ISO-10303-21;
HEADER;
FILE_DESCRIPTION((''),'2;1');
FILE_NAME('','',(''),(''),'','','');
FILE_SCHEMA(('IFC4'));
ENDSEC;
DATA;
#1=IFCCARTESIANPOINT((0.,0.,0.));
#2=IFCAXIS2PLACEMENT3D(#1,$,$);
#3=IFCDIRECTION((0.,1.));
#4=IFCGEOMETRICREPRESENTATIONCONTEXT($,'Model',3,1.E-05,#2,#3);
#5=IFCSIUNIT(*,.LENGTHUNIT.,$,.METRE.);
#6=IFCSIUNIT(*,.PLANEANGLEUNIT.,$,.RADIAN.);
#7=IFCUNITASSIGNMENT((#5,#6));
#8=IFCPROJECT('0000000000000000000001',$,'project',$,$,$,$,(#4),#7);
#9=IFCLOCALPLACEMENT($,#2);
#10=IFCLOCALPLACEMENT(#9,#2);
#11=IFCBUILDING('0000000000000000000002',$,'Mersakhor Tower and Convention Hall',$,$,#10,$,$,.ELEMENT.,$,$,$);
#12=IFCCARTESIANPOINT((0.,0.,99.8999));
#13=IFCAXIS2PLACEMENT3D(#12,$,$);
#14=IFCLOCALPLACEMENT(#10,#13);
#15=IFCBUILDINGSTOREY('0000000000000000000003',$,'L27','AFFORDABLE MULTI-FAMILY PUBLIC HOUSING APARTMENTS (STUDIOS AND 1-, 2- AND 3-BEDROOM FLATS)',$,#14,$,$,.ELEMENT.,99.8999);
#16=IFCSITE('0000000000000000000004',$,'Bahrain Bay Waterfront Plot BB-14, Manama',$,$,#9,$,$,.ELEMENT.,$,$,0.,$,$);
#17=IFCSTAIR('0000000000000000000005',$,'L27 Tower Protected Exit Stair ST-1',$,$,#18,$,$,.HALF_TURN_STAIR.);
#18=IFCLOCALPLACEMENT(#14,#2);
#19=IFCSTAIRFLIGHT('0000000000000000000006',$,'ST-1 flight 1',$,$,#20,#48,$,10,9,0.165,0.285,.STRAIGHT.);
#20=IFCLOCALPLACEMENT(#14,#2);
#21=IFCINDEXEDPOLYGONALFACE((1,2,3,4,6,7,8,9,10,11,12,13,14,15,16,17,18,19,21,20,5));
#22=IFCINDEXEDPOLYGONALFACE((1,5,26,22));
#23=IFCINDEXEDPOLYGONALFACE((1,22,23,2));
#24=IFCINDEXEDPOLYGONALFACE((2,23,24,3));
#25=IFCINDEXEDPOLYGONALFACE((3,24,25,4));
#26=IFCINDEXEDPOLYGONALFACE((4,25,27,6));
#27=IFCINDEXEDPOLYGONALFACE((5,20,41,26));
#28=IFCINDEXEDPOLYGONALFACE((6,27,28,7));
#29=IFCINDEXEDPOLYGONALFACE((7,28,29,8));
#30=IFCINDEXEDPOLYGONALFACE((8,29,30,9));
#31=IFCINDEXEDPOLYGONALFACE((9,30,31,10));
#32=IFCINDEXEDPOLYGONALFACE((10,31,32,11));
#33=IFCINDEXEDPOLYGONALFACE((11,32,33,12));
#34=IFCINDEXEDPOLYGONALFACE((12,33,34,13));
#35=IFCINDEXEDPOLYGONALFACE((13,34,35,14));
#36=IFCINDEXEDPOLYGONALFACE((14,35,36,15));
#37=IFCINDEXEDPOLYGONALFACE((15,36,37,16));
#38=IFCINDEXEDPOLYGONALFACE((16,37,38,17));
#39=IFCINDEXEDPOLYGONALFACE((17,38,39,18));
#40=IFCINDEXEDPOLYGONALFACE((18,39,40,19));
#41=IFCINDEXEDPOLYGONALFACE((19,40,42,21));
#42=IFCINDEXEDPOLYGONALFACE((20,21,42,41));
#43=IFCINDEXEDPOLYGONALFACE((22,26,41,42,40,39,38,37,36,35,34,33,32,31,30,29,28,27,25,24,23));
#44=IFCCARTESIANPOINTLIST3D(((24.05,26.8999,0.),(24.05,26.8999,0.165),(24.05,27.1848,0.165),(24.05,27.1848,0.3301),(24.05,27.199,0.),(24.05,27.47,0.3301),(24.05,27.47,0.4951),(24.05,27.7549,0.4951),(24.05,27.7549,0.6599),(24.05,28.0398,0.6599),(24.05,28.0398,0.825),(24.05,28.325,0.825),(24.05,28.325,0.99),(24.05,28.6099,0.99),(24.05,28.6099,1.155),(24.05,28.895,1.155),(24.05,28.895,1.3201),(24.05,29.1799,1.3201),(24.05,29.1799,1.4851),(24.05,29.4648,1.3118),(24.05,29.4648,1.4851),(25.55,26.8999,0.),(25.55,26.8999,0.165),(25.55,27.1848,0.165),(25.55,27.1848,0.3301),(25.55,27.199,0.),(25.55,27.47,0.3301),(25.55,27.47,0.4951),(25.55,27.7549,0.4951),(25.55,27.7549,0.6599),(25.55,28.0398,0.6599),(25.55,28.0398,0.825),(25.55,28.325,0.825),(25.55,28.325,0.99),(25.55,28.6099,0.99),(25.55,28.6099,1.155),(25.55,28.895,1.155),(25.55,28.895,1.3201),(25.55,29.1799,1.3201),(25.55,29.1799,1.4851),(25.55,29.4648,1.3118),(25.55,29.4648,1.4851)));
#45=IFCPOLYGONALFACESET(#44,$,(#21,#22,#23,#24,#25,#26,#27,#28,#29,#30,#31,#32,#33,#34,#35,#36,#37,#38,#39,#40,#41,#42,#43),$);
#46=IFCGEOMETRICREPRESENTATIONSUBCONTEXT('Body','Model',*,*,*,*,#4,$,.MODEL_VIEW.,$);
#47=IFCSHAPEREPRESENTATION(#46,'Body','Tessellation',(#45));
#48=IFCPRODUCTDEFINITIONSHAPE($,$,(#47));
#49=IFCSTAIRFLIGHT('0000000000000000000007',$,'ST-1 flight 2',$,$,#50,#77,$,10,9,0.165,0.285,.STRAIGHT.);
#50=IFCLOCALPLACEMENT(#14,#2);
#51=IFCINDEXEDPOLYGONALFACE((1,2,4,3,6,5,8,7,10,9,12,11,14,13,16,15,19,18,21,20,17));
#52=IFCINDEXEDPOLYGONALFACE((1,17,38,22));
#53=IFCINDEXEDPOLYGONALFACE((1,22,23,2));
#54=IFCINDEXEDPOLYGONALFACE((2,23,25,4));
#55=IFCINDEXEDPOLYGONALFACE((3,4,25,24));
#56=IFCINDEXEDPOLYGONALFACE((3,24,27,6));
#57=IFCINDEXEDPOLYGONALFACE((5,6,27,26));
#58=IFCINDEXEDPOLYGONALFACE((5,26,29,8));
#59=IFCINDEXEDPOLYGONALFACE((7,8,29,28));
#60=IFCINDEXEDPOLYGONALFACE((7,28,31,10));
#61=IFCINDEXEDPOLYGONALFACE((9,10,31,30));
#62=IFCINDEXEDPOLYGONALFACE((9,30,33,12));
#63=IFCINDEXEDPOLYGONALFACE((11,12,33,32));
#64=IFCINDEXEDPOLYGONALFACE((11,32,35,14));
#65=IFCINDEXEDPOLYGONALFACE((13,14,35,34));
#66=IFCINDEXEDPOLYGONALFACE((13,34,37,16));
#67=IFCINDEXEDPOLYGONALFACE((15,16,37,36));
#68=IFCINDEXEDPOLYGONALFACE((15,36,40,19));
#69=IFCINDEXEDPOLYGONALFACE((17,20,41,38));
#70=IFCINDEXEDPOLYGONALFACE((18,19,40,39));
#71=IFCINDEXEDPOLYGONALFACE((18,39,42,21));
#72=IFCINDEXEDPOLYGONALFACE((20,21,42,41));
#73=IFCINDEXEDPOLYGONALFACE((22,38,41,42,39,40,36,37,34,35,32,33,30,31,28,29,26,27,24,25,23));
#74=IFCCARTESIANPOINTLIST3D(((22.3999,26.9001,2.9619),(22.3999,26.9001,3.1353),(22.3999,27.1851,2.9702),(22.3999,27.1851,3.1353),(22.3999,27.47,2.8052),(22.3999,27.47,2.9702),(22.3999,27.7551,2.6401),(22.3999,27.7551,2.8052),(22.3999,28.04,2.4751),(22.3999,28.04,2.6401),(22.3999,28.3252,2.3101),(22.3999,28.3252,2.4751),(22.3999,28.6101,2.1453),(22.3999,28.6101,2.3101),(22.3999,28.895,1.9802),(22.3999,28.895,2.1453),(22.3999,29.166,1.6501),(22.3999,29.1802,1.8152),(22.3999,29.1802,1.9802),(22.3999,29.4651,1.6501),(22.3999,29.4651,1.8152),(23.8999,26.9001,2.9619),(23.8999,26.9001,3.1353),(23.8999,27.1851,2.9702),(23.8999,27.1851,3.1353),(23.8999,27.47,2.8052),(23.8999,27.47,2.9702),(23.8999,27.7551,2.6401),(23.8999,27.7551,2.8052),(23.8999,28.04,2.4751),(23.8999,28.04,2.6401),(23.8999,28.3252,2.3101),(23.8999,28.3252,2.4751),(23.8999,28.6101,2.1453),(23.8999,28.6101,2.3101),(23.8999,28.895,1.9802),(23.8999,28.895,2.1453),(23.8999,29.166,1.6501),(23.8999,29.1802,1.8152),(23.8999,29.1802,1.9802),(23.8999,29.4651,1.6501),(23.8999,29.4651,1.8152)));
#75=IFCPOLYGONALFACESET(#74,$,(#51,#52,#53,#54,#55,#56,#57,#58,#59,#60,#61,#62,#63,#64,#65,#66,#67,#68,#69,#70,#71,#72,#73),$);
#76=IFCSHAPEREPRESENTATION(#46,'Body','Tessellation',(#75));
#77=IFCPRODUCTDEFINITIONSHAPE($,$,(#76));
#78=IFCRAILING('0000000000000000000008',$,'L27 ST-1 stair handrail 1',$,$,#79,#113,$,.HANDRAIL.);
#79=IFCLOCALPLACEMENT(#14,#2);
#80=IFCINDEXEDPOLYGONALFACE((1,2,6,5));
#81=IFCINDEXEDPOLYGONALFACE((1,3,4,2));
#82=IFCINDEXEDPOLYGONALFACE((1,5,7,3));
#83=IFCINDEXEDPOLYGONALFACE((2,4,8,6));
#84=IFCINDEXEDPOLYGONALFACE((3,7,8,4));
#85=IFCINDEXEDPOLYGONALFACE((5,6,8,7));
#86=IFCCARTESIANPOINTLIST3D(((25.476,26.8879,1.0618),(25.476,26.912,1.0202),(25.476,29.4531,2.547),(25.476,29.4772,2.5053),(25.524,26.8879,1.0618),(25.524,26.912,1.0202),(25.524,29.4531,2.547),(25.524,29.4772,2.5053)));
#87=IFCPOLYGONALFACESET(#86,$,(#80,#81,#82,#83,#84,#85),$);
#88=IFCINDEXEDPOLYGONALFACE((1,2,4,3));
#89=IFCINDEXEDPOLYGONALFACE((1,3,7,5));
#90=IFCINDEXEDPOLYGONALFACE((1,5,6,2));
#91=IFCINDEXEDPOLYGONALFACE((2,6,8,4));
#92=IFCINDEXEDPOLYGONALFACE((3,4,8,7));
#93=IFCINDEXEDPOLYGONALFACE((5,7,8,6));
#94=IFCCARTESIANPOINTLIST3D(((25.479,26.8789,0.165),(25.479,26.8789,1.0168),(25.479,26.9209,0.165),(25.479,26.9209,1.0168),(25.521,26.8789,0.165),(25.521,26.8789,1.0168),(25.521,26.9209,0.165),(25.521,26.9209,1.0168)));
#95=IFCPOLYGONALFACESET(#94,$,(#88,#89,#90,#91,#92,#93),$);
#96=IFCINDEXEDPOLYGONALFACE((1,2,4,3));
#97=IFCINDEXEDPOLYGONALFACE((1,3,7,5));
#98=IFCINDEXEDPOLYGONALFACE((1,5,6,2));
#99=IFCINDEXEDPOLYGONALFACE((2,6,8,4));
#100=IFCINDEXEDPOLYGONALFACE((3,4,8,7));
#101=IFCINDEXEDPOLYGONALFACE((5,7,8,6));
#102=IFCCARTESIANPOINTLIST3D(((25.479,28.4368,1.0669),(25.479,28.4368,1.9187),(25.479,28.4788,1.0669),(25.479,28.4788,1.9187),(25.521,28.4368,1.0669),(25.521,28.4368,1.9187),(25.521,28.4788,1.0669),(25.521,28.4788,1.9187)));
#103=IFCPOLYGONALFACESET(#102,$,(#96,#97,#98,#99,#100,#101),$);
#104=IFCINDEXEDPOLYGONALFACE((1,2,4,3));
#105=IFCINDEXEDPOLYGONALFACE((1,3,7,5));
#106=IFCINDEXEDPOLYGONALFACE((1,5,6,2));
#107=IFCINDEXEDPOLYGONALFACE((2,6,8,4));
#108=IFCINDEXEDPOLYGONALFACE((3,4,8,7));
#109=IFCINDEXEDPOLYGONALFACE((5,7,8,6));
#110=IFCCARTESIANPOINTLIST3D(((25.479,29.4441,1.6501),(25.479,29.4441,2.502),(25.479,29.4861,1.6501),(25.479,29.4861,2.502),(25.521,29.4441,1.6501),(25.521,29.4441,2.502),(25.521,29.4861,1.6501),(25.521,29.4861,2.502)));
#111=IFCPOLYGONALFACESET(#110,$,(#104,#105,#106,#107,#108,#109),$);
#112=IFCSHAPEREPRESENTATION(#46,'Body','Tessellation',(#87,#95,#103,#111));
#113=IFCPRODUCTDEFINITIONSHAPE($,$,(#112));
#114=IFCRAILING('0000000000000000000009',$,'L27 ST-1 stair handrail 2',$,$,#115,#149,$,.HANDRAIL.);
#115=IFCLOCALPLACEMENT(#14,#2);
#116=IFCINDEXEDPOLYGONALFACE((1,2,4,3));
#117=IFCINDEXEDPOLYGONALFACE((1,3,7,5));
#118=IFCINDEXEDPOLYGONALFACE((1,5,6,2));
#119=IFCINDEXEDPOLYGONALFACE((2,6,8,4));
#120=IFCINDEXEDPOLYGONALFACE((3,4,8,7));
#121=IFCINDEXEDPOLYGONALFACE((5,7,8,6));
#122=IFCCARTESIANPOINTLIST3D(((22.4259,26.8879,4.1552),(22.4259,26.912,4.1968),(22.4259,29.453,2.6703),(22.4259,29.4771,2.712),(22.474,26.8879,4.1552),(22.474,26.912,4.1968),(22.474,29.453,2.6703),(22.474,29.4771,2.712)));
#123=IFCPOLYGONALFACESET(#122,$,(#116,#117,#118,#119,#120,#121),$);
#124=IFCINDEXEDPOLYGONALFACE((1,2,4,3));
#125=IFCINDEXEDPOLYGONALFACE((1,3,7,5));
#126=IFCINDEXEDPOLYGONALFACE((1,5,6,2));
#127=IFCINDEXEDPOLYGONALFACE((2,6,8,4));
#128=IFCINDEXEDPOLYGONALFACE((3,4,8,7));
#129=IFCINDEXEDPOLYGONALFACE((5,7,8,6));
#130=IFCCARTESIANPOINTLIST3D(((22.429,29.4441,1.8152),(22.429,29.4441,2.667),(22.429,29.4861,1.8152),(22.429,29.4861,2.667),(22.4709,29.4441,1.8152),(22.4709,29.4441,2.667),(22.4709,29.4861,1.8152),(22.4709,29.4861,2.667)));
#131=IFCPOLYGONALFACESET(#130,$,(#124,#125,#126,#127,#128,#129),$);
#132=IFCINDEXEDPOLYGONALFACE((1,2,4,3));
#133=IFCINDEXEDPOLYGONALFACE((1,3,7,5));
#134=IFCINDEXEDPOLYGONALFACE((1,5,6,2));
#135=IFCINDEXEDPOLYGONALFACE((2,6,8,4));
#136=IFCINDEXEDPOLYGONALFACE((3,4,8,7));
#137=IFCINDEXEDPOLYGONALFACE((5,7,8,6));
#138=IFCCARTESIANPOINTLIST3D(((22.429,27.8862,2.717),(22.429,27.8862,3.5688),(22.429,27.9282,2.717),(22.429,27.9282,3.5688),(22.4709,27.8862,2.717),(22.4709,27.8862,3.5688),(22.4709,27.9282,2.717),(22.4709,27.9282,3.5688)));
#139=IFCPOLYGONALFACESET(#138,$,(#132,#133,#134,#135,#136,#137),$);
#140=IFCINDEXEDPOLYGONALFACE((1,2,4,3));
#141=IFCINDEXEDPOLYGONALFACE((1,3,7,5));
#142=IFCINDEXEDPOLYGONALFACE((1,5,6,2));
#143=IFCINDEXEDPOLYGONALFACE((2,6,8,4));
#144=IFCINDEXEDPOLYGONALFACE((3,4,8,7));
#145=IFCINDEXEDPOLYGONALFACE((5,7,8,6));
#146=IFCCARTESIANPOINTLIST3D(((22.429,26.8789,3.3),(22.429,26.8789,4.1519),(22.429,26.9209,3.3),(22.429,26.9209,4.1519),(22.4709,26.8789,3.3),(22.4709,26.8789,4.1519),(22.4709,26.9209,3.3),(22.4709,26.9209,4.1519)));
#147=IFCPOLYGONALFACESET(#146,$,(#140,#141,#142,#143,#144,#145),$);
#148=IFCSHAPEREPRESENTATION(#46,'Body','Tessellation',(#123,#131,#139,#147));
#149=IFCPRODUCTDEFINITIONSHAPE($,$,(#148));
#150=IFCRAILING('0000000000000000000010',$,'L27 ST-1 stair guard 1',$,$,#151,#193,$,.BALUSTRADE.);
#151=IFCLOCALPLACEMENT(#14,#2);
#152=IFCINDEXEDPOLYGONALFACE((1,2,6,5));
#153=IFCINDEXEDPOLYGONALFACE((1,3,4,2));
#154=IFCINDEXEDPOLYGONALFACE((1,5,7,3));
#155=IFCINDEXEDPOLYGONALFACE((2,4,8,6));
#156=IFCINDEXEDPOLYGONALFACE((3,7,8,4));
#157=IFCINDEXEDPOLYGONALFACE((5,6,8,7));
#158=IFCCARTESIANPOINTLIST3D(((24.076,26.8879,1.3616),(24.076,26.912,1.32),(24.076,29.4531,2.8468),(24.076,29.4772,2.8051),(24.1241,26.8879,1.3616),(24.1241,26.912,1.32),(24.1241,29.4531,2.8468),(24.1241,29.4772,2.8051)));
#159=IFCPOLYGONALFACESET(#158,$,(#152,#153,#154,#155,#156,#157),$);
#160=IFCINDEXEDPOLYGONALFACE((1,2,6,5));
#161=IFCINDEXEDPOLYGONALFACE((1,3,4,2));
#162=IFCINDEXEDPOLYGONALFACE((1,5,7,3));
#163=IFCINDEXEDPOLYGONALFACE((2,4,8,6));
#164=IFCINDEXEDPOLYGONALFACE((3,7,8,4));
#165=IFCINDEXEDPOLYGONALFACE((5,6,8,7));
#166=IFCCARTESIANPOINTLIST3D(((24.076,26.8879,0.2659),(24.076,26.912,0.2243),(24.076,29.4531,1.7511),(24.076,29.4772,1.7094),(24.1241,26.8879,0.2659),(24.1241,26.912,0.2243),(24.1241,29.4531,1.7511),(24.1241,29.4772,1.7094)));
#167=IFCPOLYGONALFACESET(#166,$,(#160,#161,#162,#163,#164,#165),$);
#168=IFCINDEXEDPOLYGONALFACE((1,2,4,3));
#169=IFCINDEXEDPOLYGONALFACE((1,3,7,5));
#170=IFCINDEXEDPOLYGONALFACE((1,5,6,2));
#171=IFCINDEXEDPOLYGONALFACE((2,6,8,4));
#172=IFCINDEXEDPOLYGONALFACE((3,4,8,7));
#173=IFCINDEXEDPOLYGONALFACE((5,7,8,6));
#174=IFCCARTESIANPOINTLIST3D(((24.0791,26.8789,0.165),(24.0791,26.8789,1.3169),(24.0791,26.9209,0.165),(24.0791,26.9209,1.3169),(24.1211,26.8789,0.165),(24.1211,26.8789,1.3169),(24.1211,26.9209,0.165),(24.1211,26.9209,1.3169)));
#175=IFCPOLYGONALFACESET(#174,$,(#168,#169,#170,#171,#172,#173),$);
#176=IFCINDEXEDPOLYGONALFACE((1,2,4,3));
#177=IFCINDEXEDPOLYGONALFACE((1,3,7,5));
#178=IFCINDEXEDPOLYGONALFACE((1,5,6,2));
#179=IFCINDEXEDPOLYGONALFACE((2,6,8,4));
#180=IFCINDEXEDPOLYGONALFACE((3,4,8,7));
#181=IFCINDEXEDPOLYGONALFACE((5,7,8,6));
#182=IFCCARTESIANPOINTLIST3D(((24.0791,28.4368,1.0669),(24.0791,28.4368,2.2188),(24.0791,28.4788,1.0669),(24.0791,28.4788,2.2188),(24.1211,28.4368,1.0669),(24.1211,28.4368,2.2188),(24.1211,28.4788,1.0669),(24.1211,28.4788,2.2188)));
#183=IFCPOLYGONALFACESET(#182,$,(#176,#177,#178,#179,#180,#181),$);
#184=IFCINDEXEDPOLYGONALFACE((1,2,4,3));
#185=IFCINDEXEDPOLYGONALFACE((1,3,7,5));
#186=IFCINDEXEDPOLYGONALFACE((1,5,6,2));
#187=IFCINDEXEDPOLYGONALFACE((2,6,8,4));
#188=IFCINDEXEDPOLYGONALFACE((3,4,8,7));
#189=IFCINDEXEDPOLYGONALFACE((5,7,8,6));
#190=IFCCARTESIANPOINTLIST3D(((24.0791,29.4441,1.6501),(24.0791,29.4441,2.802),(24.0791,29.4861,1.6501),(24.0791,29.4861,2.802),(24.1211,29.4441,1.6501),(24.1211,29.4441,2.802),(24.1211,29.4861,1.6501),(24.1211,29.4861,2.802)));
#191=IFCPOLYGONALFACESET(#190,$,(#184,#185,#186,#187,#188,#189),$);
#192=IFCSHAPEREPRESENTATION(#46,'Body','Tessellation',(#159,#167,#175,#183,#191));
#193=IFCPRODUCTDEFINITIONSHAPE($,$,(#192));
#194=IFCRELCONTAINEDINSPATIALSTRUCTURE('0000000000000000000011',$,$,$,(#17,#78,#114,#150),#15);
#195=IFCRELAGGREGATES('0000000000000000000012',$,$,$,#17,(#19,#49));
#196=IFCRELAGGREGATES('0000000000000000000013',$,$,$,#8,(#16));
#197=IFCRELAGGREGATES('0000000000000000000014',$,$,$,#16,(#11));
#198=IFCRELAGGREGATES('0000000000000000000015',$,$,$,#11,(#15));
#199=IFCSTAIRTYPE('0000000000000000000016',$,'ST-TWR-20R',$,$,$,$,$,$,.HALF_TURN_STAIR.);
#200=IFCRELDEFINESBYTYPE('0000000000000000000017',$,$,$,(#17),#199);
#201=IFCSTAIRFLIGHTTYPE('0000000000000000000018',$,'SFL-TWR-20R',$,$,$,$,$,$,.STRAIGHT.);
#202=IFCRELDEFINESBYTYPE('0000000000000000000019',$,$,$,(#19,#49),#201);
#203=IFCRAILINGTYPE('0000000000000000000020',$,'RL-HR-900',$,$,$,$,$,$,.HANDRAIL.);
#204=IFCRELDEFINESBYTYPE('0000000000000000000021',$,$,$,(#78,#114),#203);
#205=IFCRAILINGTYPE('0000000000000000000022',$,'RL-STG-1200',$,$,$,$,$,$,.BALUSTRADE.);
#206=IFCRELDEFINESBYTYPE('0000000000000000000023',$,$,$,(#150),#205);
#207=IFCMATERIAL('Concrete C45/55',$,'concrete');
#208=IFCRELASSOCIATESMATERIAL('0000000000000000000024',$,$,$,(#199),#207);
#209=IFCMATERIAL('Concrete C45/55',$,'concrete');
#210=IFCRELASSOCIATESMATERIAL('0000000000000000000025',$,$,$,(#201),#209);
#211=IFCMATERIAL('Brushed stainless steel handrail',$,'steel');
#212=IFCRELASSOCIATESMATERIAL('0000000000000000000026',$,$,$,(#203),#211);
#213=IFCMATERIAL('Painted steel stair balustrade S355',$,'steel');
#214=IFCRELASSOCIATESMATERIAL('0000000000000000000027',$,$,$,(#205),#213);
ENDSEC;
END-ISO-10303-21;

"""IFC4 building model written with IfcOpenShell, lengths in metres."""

from ifc_helpers import new_model, si_unit, direction, frame, origin, origin_2d, place, context, subcontext, project, spatial, polyline, rectangle, outline, extrude, material, type_object, element, aggregate, save


model = new_model("IFC4")

# Units and contexts
model_context = context("Model", 3, precision=1e-05, world=origin(), true_north=direction((0.0, 1.0)))
body_context = subcontext(model_context, "Body", "Model", "MODEL_VIEW")
ifc_project = project(units=[si_unit("LENGTHUNIT", "METRE"), si_unit("PLANEANGLEUNIT", "RADIAN")], contexts=[model_context])

# Site, building, storey
site_placement = place(None, origin())
site = spatial("IfcSite", under=ifc_project, at=site_placement, Name="Bahrain Bay Waterfront Plot BB-14, Manama", CompositionType="ELEMENT", RefElevation=0.0)
building_placement = place(site_placement, origin())
building = spatial("IfcBuilding", under=site, at=building_placement, Name="Mersakhor Tower and Convention Hall", CompositionType="ELEMENT")
storey_placement = place(building_placement, frame((0.0, 0.0, 99.8999)))
storey = spatial("IfcBuildingStorey", under=building, at=storey_placement, Name="L27", Description="AFFORDABLE MULTI-FAMILY PUBLIC HOUSING APARTMENTS (STUDIOS AND 1-, 2- AND 3-BEDROOM FLATS)", CompositionType="ELEMENT", Elevation=99.8999)

# Stair, stair flights
ifc_material_1 = material(Name="Concrete C45/55", Category="concrete")
stair_type = type_object("IfcStairType", Name="ST-TWR-20R", PredefinedType="HALF_TURN_STAIR", material=ifc_material_1)
stair_placement = place(storey_placement, origin())
stair = element("IfcStair", 1, at=stair_placement, inside=storey, type_object=stair_type, Name="L27 Tower Protected Exit Stair ST-1", PredefinedType="HALF_TURN_STAIR")
ifc_material_2 = material(Name="Concrete C45/55", Category="concrete")
stair_flight_type = type_object("IfcStairFlightType", Name="SFL-TWR-20R", PredefinedType="STRAIGHT", material=ifc_material_2)
stair_flight_1_placement = place(storey_placement, frame((24.8, 26.8999, 0.0), z_axis=(0.0, 0.0, 1.0), x_axis=(0.0, 1.0, 0.0)))
stair_flight_1 = element("IfcStairFlight", 2, at=stair_flight_1_placement, type_object=stair_flight_type, Name="ST-1 flight 1", NumberOfRisers=10, NumberOfTreads=9, PredefinedType="STRAIGHT", RiserHeight=0.165, TreadLength=0.285, context=body_context, shape_type="SweptSolid", body=[
    extrude(outline(polyline([(0.0, 0.0), (0.0, 0.165), (0.2849, 0.165), (0.2849, 0.3301), (0.5701, 0.3301), (0.5701, 0.4951), (0.855, 0.4951), (0.855, 0.6599), (1.1399, 0.6599), (1.1399, 0.825), (1.425, 0.825), (1.425, 0.99), (1.71, 0.99), (1.71, 1.155), (1.9951, 1.155), (1.9951, 1.3201), (2.28, 1.3201), (2.28, 1.4851), (2.5649, 1.4851), (2.5649, 1.6499), (2.5649, 1.3118), (0.2991, 0.0), (0.0, 0.0)])), frame((0.0, 0.75, 0.0), z_axis=(0.0, -1.0, 0.0), x_axis=(1.0, 0.0, 0.0)), (0.0, 0.0, 1.0), 1.5),
])
stair_flight_2_placement = place(storey_placement, frame((23.1499, 29.4651, 1.6501), z_axis=(0.0, 0.0, 1.0), x_axis=(0.0, -1.0, 0.0)))
stair_flight_2 = element("IfcStairFlight", 3, at=stair_flight_2_placement, type_object=stair_flight_type, Name="ST-1 flight 2", NumberOfRisers=10, NumberOfTreads=9, PredefinedType="STRAIGHT", RiserHeight=0.165, TreadLength=0.285, context=body_context, shape_type="SweptSolid", body=[
    extrude(outline(polyline([(0.0, 0.0), (0.0, 0.165), (0.2849, 0.165), (0.2849, 0.3301), (0.5701, 0.3301), (0.5701, 0.4951), (0.855, 0.4951), (0.855, 0.6599), (1.1399, 0.6599), (1.1399, 0.825), (1.425, 0.825), (1.425, 0.99), (1.71, 0.99), (1.71, 1.155), (1.9951, 1.155), (1.9951, 1.3201), (2.28, 1.3201), (2.28, 1.4851), (2.5649, 1.4851), (2.5649, 1.6499), (2.5649, 1.3118), (0.2991, 0.0), (0.0, 0.0)])), frame((0.0, 0.75, 0.0), z_axis=(0.0, -1.0, 0.0), x_axis=(1.0, 0.0, 0.0)), (0.0, 0.0, 1.0), 1.5),
])
aggregate(stair, [stair_flight_1, stair_flight_2])

# Railings
ifc_material_3 = material(Name="Brushed stainless steel handrail", Category="steel")
railing_type_1 = type_object("IfcRailingType", Name="RL-HR-900", PredefinedType="HANDRAIL", material=ifc_material_3)
railing_1_placement = place(storey_placement, frame((25.5, 26.8999, 0.165)))
element("IfcRailing", 4, at=railing_1_placement, inside=storey, type_object=railing_type_1, Name="L27 ST-1 stair handrail 1", PredefinedType="HANDRAIL", context=body_context, shape_type="SweptSolid", body=[
    extrude(rectangle(XDim=0.0481, YDim=0.0481, at=origin_2d()), frame((0.0, 0.0, 0.876), z_axis=(0.0, 0.865426, 0.501036), x_axis=(-1.0, 0.0, 0.0)), (0.0, 0.0, 1.0), 2.9641),
    extrude(rectangle(XDim=0.042, YDim=0.042, at=origin_2d()), origin(), (0.0, 0.0, 1.0), 0.8518),
    extrude(rectangle(XDim=0.042, YDim=0.042, at=origin_2d()), frame((0.0, 1.5579, 0.9019)), (0.0, 0.0, 1.0), 0.8518),
    extrude(rectangle(XDim=0.042, YDim=0.042, at=origin_2d()), frame((0.0, 2.5652, 1.4851)), (0.0, 0.0, 1.0), 0.8518),
])
railing_2_placement = place(storey_placement, frame((22.45, 29.4651, 1.8152)))
element("IfcRailing", 5, at=railing_2_placement, inside=storey, type_object=railing_type_1, Name="L27 ST-1 stair handrail 2", PredefinedType="HANDRAIL", context=body_context, shape_type="SweptSolid", body=[
    extrude(rectangle(XDim=0.0481, YDim=0.0481, at=origin_2d()), frame((0.0, 0.0, 0.876), z_axis=(0.0, -0.865462, 0.500975), x_axis=(1.0, 0.0, 0.0)), (0.0, 0.0, 1.0), 2.9639),
    extrude(rectangle(XDim=0.042, YDim=0.042, at=origin_2d()), origin(), (0.0, 0.0, 1.0), 0.8518),
    extrude(rectangle(XDim=0.042, YDim=0.042, at=origin_2d()), frame((0.0, -1.5579, 0.9019)), (0.0, 0.0, 1.0), 0.8518),
    extrude(rectangle(XDim=0.042, YDim=0.042, at=origin_2d()), frame((0.0, -2.5652, 1.4849)), (0.0, 0.0, 1.0), 0.8518),
])
ifc_material_4 = material(Name="Painted steel stair balustrade S355", Category="steel")
railing_type_2 = type_object("IfcRailingType", Name="RL-STG-1200", PredefinedType="BALUSTRADE", material=ifc_material_4)
railing_3_placement = place(storey_placement, frame((24.1001, 26.8999, 0.165)))
element("IfcRailing", 6, at=railing_3_placement, inside=storey, type_object=railing_type_2, Name="L27 ST-1 stair guard 1", PredefinedType="BALUSTRADE", context=body_context, shape_type="SweptSolid", body=[
    extrude(rectangle(XDim=0.0481, YDim=0.0481, at=origin_2d()), frame((0.0, 0.0, 1.1758), z_axis=(0.0, 0.865426, 0.501036), x_axis=(-1.0, 0.0, 0.0)), (0.0, 0.0, 1.0), 2.9641),
    extrude(rectangle(XDim=0.0481, YDim=0.0481, at=origin_2d()), frame((0.0, 0.0, 0.0801), z_axis=(0.0, 0.865426, 0.501036), x_axis=(-1.0, 0.0, 0.0)), (0.0, 0.0, 1.0), 2.9641),
    extrude(rectangle(XDim=0.042, YDim=0.042, at=origin_2d()), origin(), (0.0, 0.0, 1.0), 1.1519),
    extrude(rectangle(XDim=0.042, YDim=0.042, at=origin_2d()), frame((0.0, 1.5579, 0.9019)), (0.0, 0.0, 1.0), 1.1519),
    extrude(rectangle(XDim=0.042, YDim=0.042, at=origin_2d()), frame((0.0, 2.5652, 1.4851)), (0.0, 0.0, 1.0), 1.1519),
])

save(model, "model.ifc")
